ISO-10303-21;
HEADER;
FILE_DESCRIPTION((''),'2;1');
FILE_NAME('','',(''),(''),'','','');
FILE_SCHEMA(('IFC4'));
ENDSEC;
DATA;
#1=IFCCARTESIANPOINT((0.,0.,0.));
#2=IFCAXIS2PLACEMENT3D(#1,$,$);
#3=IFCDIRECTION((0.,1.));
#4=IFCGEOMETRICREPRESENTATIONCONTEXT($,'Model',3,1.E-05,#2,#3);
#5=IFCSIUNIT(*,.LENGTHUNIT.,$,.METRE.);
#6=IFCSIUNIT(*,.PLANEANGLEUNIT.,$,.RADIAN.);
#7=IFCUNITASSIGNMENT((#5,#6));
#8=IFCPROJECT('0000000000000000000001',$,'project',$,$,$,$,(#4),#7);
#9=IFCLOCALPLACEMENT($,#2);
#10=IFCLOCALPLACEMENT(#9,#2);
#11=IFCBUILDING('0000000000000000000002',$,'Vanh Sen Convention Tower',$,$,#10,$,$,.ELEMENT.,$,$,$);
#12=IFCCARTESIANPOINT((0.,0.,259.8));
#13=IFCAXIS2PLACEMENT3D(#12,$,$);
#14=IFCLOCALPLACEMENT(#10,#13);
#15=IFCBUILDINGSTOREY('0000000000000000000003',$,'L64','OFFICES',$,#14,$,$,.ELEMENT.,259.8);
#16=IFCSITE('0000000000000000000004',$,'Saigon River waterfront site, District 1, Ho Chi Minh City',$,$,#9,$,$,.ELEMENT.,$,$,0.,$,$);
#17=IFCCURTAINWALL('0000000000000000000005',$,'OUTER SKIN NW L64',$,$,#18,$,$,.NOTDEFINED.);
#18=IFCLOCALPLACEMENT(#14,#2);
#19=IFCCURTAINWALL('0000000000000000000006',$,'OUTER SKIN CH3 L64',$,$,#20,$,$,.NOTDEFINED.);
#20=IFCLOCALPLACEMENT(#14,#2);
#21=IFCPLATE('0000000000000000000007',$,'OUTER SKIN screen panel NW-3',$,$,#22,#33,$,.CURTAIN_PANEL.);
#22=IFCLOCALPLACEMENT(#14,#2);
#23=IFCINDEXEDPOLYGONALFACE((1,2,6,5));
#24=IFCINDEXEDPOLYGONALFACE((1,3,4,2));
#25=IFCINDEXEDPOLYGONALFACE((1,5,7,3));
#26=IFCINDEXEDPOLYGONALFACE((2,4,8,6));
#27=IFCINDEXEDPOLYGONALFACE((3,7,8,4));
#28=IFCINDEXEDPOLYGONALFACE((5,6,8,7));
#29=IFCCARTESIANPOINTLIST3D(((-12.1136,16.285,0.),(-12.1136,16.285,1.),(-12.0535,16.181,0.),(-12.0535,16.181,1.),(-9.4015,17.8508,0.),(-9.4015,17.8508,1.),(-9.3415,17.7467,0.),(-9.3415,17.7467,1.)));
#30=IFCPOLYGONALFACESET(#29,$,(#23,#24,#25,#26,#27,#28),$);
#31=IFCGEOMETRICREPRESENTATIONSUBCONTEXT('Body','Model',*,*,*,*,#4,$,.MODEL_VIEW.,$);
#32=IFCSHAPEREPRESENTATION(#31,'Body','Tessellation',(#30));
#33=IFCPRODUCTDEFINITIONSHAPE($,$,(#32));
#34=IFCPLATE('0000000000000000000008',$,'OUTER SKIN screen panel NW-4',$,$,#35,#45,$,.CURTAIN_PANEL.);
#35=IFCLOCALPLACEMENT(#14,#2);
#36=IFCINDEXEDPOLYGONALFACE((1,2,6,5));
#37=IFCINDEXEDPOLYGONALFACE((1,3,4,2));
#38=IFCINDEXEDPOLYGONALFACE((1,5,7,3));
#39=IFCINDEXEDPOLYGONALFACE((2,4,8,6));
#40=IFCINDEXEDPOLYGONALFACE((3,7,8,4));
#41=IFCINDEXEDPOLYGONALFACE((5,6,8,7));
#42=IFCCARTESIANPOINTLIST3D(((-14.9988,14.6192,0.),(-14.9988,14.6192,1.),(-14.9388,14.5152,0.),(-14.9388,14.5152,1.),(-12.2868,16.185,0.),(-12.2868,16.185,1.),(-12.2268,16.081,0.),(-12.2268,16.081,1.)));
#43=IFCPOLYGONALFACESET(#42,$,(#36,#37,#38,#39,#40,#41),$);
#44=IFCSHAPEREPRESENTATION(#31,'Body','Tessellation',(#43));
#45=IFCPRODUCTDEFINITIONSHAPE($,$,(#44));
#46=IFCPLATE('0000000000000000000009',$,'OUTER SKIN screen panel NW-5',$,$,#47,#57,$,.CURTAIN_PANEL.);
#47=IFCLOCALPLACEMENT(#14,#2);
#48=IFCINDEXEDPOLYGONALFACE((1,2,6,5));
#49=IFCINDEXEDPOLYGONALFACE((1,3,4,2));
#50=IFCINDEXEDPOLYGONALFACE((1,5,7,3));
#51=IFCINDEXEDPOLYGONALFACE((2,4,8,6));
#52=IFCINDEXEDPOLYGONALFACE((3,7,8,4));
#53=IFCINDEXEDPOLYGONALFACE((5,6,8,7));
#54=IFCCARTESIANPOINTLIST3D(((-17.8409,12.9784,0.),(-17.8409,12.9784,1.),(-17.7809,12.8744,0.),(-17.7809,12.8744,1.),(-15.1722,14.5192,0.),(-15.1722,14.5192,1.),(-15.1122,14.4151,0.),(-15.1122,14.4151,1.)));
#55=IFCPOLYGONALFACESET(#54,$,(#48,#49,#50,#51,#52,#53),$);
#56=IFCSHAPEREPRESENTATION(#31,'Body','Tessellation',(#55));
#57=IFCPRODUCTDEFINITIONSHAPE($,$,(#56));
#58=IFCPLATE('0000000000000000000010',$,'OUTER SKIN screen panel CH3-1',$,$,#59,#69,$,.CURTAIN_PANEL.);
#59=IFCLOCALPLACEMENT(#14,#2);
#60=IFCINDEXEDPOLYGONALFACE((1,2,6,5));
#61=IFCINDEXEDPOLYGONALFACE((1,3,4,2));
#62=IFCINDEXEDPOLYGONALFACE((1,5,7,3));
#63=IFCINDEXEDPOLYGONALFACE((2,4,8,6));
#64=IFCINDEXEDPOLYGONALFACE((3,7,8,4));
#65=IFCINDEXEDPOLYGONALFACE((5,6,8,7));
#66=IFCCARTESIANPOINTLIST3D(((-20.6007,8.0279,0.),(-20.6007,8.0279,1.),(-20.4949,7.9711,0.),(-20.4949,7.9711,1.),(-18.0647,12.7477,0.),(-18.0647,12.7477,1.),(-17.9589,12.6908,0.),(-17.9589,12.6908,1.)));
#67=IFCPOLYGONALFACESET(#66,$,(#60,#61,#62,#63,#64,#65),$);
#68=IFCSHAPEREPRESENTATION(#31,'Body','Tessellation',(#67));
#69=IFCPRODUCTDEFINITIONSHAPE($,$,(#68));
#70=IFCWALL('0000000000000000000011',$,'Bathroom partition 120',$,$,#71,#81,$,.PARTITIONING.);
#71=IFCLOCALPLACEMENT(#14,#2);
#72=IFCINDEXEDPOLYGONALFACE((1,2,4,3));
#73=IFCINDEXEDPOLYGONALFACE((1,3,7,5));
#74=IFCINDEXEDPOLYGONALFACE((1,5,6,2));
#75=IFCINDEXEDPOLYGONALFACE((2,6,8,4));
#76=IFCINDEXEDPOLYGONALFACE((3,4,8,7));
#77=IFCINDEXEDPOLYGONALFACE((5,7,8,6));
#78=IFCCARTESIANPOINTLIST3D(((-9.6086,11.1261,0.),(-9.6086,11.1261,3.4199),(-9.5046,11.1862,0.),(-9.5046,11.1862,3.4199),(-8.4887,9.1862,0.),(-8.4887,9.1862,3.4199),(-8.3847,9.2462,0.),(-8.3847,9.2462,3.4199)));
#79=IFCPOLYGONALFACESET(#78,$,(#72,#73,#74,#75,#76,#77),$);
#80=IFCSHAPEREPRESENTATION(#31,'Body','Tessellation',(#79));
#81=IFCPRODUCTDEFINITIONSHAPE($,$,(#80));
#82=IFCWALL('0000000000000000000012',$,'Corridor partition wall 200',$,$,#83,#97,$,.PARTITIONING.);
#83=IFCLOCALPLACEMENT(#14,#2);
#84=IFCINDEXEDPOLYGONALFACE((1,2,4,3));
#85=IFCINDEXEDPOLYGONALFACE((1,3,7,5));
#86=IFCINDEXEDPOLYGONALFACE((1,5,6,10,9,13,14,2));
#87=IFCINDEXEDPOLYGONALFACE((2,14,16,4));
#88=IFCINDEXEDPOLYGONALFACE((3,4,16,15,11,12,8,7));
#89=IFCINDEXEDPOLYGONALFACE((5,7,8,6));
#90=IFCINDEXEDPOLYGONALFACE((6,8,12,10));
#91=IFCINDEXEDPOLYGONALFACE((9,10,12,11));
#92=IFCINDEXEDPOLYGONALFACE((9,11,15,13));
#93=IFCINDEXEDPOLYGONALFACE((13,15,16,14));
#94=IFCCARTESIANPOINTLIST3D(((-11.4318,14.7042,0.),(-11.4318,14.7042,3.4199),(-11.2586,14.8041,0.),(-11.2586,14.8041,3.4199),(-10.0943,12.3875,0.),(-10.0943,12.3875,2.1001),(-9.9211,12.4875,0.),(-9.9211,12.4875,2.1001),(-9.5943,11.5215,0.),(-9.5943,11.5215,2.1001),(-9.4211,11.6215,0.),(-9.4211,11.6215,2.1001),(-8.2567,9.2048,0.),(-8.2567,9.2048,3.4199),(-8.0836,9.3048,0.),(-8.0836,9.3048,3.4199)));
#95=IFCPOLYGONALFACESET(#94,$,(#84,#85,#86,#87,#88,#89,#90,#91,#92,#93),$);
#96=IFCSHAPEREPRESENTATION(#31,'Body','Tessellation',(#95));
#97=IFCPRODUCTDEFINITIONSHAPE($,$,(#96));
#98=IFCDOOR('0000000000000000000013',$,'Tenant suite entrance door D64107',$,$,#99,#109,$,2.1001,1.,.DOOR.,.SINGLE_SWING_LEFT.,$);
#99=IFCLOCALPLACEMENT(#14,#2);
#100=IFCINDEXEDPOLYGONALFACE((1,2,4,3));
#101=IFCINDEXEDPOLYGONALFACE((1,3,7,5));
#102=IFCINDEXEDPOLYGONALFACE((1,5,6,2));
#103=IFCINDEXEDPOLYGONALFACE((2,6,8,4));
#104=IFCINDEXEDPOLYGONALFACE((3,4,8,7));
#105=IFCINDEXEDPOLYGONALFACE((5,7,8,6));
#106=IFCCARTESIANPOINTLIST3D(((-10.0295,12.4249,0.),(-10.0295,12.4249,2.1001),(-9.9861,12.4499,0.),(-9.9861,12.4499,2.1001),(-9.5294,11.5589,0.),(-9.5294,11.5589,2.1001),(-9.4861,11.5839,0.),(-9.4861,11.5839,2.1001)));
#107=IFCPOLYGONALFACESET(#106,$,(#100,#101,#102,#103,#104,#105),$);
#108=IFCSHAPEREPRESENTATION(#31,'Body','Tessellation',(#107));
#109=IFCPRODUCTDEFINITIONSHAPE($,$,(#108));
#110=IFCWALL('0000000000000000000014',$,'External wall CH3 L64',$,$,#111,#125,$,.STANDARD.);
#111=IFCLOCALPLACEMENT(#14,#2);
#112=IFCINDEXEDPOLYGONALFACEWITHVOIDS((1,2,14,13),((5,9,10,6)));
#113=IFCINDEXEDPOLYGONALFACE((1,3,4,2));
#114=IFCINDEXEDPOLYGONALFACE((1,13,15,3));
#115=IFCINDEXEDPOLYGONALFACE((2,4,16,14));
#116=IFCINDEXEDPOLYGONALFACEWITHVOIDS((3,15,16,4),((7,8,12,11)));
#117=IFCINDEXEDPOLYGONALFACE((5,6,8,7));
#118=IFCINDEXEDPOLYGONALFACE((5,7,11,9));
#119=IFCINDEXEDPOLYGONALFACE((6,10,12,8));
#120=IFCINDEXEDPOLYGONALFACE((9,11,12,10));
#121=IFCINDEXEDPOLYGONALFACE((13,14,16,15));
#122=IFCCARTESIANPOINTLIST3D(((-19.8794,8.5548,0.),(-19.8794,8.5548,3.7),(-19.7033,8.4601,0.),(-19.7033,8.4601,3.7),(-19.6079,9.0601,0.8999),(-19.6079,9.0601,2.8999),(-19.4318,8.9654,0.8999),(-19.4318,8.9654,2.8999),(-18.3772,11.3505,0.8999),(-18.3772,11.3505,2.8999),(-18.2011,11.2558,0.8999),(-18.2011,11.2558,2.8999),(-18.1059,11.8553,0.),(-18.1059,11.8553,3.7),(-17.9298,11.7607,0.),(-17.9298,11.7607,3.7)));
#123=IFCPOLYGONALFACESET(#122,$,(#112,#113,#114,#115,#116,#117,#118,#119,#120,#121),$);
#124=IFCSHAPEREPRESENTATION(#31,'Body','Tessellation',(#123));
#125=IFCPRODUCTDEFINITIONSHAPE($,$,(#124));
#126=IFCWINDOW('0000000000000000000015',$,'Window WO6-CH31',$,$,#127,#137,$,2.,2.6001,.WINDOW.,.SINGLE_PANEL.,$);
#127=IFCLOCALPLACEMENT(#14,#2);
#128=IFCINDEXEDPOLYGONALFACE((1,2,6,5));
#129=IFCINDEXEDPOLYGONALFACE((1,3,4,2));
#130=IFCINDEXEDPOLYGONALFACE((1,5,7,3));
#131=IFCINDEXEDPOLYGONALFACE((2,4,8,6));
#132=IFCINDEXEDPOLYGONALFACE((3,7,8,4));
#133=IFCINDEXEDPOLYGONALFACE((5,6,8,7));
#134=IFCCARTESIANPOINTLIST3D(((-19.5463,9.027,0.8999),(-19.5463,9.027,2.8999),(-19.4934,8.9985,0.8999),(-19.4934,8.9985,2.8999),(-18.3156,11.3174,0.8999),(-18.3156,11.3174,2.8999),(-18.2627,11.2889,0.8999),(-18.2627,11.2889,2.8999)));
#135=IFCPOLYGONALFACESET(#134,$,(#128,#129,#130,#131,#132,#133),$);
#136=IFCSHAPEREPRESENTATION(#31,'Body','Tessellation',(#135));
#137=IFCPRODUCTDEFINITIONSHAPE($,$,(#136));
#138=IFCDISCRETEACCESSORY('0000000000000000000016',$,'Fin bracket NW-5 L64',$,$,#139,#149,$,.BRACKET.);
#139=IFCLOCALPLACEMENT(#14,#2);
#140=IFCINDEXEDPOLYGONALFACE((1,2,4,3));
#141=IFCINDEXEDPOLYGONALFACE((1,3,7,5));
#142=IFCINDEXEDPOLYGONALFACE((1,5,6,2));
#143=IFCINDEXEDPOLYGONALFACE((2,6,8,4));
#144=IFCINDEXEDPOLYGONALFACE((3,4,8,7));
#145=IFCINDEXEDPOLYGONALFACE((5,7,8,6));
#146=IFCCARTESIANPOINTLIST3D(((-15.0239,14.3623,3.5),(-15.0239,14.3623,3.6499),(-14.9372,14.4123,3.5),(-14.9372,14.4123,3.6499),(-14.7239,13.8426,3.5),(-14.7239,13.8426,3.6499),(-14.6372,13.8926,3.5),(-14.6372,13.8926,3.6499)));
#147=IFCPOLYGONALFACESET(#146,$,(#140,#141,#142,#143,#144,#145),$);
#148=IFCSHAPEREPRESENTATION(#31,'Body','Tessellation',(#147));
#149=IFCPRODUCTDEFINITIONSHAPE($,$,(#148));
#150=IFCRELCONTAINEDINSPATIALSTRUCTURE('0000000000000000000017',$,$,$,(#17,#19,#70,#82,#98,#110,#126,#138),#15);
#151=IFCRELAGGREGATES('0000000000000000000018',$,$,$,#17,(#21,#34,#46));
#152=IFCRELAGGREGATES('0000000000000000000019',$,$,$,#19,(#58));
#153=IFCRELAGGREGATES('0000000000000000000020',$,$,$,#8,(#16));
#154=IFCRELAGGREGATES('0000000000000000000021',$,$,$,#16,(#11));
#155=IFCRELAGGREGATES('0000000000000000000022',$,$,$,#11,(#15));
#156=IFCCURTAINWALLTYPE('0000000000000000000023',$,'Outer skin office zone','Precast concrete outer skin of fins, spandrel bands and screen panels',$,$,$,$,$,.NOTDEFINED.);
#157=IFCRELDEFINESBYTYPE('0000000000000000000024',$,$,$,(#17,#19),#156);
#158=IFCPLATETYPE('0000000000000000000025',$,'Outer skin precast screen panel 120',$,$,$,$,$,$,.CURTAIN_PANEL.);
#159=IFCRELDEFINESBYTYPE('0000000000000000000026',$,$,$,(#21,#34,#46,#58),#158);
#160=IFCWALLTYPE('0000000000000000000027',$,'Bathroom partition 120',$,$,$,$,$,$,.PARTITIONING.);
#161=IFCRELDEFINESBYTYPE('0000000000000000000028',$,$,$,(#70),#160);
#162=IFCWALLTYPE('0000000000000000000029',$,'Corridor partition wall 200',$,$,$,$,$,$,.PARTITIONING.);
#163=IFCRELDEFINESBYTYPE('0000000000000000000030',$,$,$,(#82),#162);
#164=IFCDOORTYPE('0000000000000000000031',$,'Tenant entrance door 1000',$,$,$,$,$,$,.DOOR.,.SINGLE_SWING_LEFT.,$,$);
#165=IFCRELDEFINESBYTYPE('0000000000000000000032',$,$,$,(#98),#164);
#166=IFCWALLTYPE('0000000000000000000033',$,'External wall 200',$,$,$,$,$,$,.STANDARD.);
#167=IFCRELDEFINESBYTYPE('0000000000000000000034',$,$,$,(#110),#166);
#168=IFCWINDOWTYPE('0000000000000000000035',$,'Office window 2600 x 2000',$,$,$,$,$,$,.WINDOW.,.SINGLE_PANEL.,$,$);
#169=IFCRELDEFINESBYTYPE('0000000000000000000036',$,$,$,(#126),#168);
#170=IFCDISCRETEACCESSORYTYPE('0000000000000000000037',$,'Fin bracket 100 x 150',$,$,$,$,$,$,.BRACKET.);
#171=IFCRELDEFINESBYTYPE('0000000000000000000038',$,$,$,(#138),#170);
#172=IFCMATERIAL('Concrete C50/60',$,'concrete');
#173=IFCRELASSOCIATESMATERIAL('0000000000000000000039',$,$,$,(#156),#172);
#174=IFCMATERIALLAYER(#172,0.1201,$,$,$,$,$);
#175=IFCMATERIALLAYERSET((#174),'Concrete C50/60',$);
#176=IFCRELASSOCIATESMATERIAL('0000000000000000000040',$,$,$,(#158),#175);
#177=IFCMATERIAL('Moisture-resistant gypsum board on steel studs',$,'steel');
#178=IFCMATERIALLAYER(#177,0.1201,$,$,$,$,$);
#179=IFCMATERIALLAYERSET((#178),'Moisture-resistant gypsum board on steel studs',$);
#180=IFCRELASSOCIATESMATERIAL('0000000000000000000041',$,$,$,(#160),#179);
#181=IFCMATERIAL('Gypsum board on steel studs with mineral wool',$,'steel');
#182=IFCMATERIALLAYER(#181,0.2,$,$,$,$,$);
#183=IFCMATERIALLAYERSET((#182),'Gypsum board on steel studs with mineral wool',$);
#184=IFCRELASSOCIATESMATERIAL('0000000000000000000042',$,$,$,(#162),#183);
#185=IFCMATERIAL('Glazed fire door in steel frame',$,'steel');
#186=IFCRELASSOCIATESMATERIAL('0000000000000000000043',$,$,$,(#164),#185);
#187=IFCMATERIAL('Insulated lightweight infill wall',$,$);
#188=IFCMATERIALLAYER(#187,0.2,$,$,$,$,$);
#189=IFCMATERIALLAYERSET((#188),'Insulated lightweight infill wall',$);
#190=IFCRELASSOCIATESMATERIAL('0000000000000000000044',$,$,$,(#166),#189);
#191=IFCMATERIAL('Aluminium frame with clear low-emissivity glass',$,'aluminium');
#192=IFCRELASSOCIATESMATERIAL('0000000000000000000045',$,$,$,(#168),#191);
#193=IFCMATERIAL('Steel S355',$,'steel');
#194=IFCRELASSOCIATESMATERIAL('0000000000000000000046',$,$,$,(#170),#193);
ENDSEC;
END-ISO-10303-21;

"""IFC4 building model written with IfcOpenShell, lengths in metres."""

from ifc_helpers import new_model, si_unit, direction, frame, frame_2d, origin, origin_2d, place, context, subcontext, project, spatial, rectangle, extrude, material, layer, layer_set, type_object, element, fill, aggregate, save


model = new_model("IFC4")

# Units and contexts
model_context = context("Model", 3, precision=1e-05, world=origin(), true_north=direction((0.0, 1.0)))
body_context = subcontext(model_context, "Body", "Model", "MODEL_VIEW")
ifc_project = project(units=[si_unit("LENGTHUNIT", "METRE"), si_unit("PLANEANGLEUNIT", "RADIAN")], contexts=[model_context])

# Site, building, storey
site_placement = place(None, origin())
site = spatial("IfcSite", under=ifc_project, at=site_placement, Name="Saigon River waterfront site, District 1, Ho Chi Minh City", CompositionType="ELEMENT", RefElevation=0.0)
building_placement = place(site_placement, origin())
building = spatial("IfcBuilding", under=site, at=building_placement, Name="Vanh Sen Convention Tower", CompositionType="ELEMENT")
storey_placement = place(building_placement, frame((0.0, 0.0, 259.8)))
storey = spatial("IfcBuildingStorey", under=building, at=storey_placement, Name="L64", Description="OFFICES", CompositionType="ELEMENT", Elevation=259.8)

# Curtain wall
ifc_material_1 = material(Name="Concrete C50/60", Category="concrete")
curtain_wall_type = type_object("IfcCurtainWallType", Name="Outer skin office zone", Description="Precast concrete outer skin of fins, spandrel bands and screen panels", PredefinedType="NOTDEFINED", material=ifc_material_1)
curtain_wall_1_placement = place(storey_placement, origin())
curtain_wall_1 = element("IfcCurtainWall", 1, at=curtain_wall_1_placement, inside=storey, type_object=curtain_wall_type, Name="OUTER SKIN NW L64", PredefinedType="NOTDEFINED")

# Curtain wall
curtain_wall_2_placement = place(storey_placement, origin())
curtain_wall_2 = element("IfcCurtainWall", 2, at=curtain_wall_2_placement, inside=storey, type_object=curtain_wall_type, Name="OUTER SKIN CH3 L64", PredefinedType="NOTDEFINED")

# Plates
ifc_layer_1 = layer(ifc_material_1, 0.1201)
ifc_layer_set_1 = layer_set([ifc_layer_1], Name="Concrete C50/60")
plate_type = type_object("IfcPlateType", Name="Outer skin precast screen panel 120", PredefinedType="CURTAIN_PANEL", material=ifc_layer_set_1)
plate_1_placement = place(storey_placement, frame((-10.7275, 17.0159, 0.0), z_axis=(0.0, 0.0, 1.0), x_axis=(-0.866029, -0.499994, 0.0)))
plate_1 = element("IfcPlate", 3, at=plate_1_placement, type_object=plate_type, Name="OUTER SKIN screen panel NW-3", PredefinedType="CURTAIN_PANEL", context=body_context, shape_type="SweptSolid", body=[
    extrude(rectangle(XDim=3.1316, YDim=0.1201, at=origin_2d()), origin(), (0.0, 0.0, 1.0), 1.0),
])
plate_2_placement = place(storey_placement, frame((-13.6128, 15.3501, 0.0), z_axis=(0.0, 0.0, 1.0), x_axis=(-0.866016, -0.500017, 0.0)))
plate_2 = element("IfcPlate", 4, at=plate_2_placement, type_object=plate_type, Name="OUTER SKIN screen panel NW-4", PredefinedType="CURTAIN_PANEL", context=body_context, shape_type="SweptSolid", body=[
    extrude(rectangle(XDim=3.1316, YDim=0.1201, at=origin_2d()), origin(), (0.0, 0.0, 1.0), 1.0),
])
plate_3_placement = place(storey_placement, frame((-16.4766, 13.6968, 0.0), z_axis=(0.0, 0.0, 1.0), x_axis=(-0.866029, -0.499994, 0.0)))
plate_3 = element("IfcPlate", 5, at=plate_3_placement, type_object=plate_type, Name="OUTER SKIN screen panel NW-5", PredefinedType="CURTAIN_PANEL", context=body_context, shape_type="SweptSolid", body=[
    extrude(rectangle(XDim=3.0815, YDim=0.1201, at=origin_2d()), origin(), (0.0, 0.0, 1.0), 1.0),
])
aggregate(curtain_wall_1, [plate_1, plate_2, plate_3])
plate_4_placement = place(storey_placement, frame((-19.2798, 10.3594, 0.0), z_axis=(0.0, 0.0, 1.0), x_axis=(-0.473324, -0.880888, 0.0)))
plate_4 = element("IfcPlate", 6, at=plate_4_placement, type_object=plate_type, Name="OUTER SKIN screen panel CH3-1", PredefinedType="CURTAIN_PANEL", context=body_context, shape_type="SweptSolid", body=[
    extrude(rectangle(XDim=5.3579, YDim=0.1201, at=origin_2d()), origin(), (0.0, 0.0, 1.0), 1.0),
])
aggregate(curtain_wall_2, [plate_4])

# Wall
ifc_material_2 = material(Name="Moisture-resistant gypsum board on steel studs", Category="steel")
ifc_layer_2 = layer(ifc_material_2, 0.1201)
ifc_layer_set_2 = layer_set([ifc_layer_2], Name="Moisture-resistant gypsum board on steel studs")
wall_type_1 = type_object("IfcWallType", Name="Bathroom partition 120", PredefinedType="PARTITIONING", material=ifc_layer_set_2)
wall_1_placement = place(storey_placement, frame((-9.5566, 11.1562, 0.0), z_axis=(0.0, 0.0, 1.0), x_axis=(0.499949, -0.866055, 0.0)))
element("IfcWall", 7, at=wall_1_placement, inside=storey, type_object=wall_type_1, Name="Bathroom partition 120", PredefinedType="PARTITIONING", context=body_context, shape_type="SweptSolid", body=[
    extrude(rectangle(XDim=2.24, YDim=0.1201, at=frame_2d((1.1201, 0.0))), origin(), (0.0, 0.0, 1.0), 3.4199),
])

# Wall, opening, door
ifc_material_3 = material(Name="Gypsum board on steel studs with mineral wool", Category="steel")
ifc_layer_3 = layer(ifc_material_3, 0.2)
ifc_layer_set_3 = layer_set([ifc_layer_3], Name="Gypsum board on steel studs with mineral wool")
wall_type_2 = type_object("IfcWallType", Name="Corridor partition wall 200", PredefinedType="PARTITIONING", material=ifc_layer_set_3)
wall_2_placement = place(storey_placement, frame((-11.3452, 14.7542, 0.0), z_axis=(0.0, 0.0, 1.0), x_axis=(0.500005, -0.866022, 0.0)))
wall_2 = element("IfcWall", 8, at=wall_2_placement, inside=storey, type_object=wall_type_2, Name="Corridor partition wall 200", PredefinedType="PARTITIONING", context=body_context, shape_type="SweptSolid", body=[
    extrude(rectangle(XDim=6.3501, YDim=0.2, at=frame_2d((3.175, 0.0))), origin(), (0.0, 0.0, 1.0), 3.4199),
])
opening_1_placement = place(wall_2_placement, frame((2.675, 0.0, 0.0)))
opening_1 = element("IfcOpeningElement", 9, at=opening_1_placement, cuts=wall_2, PredefinedType="OPENING", context=body_context, shape_type="SweptSolid", body=[
    extrude(rectangle(XDim=1.0, YDim=2.1001, at=frame_2d((0.5, 1.05))), frame((0.0, 0.1099, 0.0), z_axis=(0.0, -1.0, 0.0), x_axis=(1.0, 0.0, 0.0)), (0.0, 0.0, 1.0), 0.22),
])
ifc_material_4 = material(Name="Glazed fire door in steel frame", Category="steel")
door_type = type_object("IfcDoorType", Name="Tenant entrance door 1000", OperationType="SINGLE_SWING_LEFT", PredefinedType="DOOR", material=ifc_material_4)
door_placement = place(opening_1_placement, origin())
door = element("IfcDoor", 10, at=door_placement, inside=storey, type_object=door_type, Name="Tenant suite entrance door D64107", OperationType="SINGLE_SWING_LEFT", OverallHeight=2.1001, OverallWidth=1.0, PredefinedType="DOOR", context=body_context, shape_type="SweptSolid", body=[
    extrude(rectangle(XDim=1.0, YDim=2.1001, at=frame_2d((0.5, 1.05))), frame((0.0, 0.0249, 0.0), z_axis=(0.0, -1.0, 0.0), x_axis=(1.0, 0.0, 0.0)), (0.0, 0.0, 1.0), 0.05),
])
fill(opening_1, door)

# Wall, opening, window
ifc_material_5 = material(Name="Insulated lightweight infill wall")
ifc_layer_4 = layer(ifc_material_5, 0.2)
ifc_layer_set_4 = layer_set([ifc_layer_4], Name="Insulated lightweight infill wall")
wall_type_3 = type_object("IfcWallType", Name="External wall 200", PredefinedType="STANDARD", material=ifc_layer_set_4)
wall_3_placement = place(storey_placement, frame((-18.0178, 11.8081, 0.0), z_axis=(0.0, 0.0, 1.0), x_axis=(-0.473319, -0.880891, 0.0)))
wall_3 = element("IfcWall", 11, at=wall_3_placement, inside=storey, type_object=wall_type_3, Name="External wall CH3 L64", PredefinedType="STANDARD", context=body_context, shape_type="SweptSolid", body=[
    extrude(rectangle(XDim=3.7468, YDim=0.2, at=frame_2d((1.8735, 0.0))), origin(), (0.0, 0.0, 1.0), 3.7),
])
opening_2_placement = place(wall_3_placement, frame((0.5732, 0.0, 0.8999)))
opening_2 = element("IfcOpeningElement", 12, at=opening_2_placement, cuts=wall_3, PredefinedType="OPENING", context=body_context, shape_type="SweptSolid", body=[
    extrude(rectangle(XDim=2.6001, YDim=2.0, at=frame_2d((1.3, 1.0))), frame((0.0, 0.1099, 0.0), z_axis=(0.0, -1.0, 0.0), x_axis=(1.0, 0.0, 0.0)), (0.0, 0.0, 1.0), 0.22),
])
ifc_material_6 = material(Name="Aluminium frame with clear low-emissivity glass", Category="aluminium")
window_type = type_object("IfcWindowType", Name="Office window 2600 x 2000", PartitioningType="SINGLE_PANEL", PredefinedType="WINDOW", material=ifc_material_6)
window_placement = place(opening_2_placement, origin())
window = element("IfcWindow", 13, at=window_placement, inside=storey, type_object=window_type, Name="Window WO6-CH31", OverallHeight=2.0, OverallWidth=2.6001, PartitioningType="SINGLE_PANEL", PredefinedType="WINDOW", context=body_context, shape_type="SweptSolid", body=[
    extrude(rectangle(XDim=2.6001, YDim=2.0, at=frame_2d((1.3, 1.0))), frame((0.0, 0.03, 0.0), z_axis=(0.0, -1.0, 0.0), x_axis=(1.0, 0.0, 0.0)), (0.0, 0.0, 1.0), 0.0601),
])
fill(opening_2, window)

# Discrete accessory
ifc_material_7 = material(Name="Steel S355", Category="steel")
discrete_accessory_type = type_object("IfcDiscreteAccessoryType", Name="Fin bracket 100 x 150", PredefinedType="BRACKET", material=ifc_material_7)
discrete_accessory_placement = place(storey_placement, frame((-14.8306, 14.1274, 3.5), z_axis=(0.0, 0.0, 1.0), x_axis=(-0.5, 0.866025, 0.0)))
element("IfcDiscreteAccessory", 14, at=discrete_accessory_placement, inside=storey, type_object=discrete_accessory_type, Name="Fin bracket NW-5 L64", PredefinedType="BRACKET", context=body_context, shape_type="SweptSolid", body=[
    extrude(rectangle(XDim=0.6001, YDim=0.1001, at=origin_2d()), origin(), (0.0, 0.0, 1.0), 0.1499),
])

save(model, "model.ifc")
